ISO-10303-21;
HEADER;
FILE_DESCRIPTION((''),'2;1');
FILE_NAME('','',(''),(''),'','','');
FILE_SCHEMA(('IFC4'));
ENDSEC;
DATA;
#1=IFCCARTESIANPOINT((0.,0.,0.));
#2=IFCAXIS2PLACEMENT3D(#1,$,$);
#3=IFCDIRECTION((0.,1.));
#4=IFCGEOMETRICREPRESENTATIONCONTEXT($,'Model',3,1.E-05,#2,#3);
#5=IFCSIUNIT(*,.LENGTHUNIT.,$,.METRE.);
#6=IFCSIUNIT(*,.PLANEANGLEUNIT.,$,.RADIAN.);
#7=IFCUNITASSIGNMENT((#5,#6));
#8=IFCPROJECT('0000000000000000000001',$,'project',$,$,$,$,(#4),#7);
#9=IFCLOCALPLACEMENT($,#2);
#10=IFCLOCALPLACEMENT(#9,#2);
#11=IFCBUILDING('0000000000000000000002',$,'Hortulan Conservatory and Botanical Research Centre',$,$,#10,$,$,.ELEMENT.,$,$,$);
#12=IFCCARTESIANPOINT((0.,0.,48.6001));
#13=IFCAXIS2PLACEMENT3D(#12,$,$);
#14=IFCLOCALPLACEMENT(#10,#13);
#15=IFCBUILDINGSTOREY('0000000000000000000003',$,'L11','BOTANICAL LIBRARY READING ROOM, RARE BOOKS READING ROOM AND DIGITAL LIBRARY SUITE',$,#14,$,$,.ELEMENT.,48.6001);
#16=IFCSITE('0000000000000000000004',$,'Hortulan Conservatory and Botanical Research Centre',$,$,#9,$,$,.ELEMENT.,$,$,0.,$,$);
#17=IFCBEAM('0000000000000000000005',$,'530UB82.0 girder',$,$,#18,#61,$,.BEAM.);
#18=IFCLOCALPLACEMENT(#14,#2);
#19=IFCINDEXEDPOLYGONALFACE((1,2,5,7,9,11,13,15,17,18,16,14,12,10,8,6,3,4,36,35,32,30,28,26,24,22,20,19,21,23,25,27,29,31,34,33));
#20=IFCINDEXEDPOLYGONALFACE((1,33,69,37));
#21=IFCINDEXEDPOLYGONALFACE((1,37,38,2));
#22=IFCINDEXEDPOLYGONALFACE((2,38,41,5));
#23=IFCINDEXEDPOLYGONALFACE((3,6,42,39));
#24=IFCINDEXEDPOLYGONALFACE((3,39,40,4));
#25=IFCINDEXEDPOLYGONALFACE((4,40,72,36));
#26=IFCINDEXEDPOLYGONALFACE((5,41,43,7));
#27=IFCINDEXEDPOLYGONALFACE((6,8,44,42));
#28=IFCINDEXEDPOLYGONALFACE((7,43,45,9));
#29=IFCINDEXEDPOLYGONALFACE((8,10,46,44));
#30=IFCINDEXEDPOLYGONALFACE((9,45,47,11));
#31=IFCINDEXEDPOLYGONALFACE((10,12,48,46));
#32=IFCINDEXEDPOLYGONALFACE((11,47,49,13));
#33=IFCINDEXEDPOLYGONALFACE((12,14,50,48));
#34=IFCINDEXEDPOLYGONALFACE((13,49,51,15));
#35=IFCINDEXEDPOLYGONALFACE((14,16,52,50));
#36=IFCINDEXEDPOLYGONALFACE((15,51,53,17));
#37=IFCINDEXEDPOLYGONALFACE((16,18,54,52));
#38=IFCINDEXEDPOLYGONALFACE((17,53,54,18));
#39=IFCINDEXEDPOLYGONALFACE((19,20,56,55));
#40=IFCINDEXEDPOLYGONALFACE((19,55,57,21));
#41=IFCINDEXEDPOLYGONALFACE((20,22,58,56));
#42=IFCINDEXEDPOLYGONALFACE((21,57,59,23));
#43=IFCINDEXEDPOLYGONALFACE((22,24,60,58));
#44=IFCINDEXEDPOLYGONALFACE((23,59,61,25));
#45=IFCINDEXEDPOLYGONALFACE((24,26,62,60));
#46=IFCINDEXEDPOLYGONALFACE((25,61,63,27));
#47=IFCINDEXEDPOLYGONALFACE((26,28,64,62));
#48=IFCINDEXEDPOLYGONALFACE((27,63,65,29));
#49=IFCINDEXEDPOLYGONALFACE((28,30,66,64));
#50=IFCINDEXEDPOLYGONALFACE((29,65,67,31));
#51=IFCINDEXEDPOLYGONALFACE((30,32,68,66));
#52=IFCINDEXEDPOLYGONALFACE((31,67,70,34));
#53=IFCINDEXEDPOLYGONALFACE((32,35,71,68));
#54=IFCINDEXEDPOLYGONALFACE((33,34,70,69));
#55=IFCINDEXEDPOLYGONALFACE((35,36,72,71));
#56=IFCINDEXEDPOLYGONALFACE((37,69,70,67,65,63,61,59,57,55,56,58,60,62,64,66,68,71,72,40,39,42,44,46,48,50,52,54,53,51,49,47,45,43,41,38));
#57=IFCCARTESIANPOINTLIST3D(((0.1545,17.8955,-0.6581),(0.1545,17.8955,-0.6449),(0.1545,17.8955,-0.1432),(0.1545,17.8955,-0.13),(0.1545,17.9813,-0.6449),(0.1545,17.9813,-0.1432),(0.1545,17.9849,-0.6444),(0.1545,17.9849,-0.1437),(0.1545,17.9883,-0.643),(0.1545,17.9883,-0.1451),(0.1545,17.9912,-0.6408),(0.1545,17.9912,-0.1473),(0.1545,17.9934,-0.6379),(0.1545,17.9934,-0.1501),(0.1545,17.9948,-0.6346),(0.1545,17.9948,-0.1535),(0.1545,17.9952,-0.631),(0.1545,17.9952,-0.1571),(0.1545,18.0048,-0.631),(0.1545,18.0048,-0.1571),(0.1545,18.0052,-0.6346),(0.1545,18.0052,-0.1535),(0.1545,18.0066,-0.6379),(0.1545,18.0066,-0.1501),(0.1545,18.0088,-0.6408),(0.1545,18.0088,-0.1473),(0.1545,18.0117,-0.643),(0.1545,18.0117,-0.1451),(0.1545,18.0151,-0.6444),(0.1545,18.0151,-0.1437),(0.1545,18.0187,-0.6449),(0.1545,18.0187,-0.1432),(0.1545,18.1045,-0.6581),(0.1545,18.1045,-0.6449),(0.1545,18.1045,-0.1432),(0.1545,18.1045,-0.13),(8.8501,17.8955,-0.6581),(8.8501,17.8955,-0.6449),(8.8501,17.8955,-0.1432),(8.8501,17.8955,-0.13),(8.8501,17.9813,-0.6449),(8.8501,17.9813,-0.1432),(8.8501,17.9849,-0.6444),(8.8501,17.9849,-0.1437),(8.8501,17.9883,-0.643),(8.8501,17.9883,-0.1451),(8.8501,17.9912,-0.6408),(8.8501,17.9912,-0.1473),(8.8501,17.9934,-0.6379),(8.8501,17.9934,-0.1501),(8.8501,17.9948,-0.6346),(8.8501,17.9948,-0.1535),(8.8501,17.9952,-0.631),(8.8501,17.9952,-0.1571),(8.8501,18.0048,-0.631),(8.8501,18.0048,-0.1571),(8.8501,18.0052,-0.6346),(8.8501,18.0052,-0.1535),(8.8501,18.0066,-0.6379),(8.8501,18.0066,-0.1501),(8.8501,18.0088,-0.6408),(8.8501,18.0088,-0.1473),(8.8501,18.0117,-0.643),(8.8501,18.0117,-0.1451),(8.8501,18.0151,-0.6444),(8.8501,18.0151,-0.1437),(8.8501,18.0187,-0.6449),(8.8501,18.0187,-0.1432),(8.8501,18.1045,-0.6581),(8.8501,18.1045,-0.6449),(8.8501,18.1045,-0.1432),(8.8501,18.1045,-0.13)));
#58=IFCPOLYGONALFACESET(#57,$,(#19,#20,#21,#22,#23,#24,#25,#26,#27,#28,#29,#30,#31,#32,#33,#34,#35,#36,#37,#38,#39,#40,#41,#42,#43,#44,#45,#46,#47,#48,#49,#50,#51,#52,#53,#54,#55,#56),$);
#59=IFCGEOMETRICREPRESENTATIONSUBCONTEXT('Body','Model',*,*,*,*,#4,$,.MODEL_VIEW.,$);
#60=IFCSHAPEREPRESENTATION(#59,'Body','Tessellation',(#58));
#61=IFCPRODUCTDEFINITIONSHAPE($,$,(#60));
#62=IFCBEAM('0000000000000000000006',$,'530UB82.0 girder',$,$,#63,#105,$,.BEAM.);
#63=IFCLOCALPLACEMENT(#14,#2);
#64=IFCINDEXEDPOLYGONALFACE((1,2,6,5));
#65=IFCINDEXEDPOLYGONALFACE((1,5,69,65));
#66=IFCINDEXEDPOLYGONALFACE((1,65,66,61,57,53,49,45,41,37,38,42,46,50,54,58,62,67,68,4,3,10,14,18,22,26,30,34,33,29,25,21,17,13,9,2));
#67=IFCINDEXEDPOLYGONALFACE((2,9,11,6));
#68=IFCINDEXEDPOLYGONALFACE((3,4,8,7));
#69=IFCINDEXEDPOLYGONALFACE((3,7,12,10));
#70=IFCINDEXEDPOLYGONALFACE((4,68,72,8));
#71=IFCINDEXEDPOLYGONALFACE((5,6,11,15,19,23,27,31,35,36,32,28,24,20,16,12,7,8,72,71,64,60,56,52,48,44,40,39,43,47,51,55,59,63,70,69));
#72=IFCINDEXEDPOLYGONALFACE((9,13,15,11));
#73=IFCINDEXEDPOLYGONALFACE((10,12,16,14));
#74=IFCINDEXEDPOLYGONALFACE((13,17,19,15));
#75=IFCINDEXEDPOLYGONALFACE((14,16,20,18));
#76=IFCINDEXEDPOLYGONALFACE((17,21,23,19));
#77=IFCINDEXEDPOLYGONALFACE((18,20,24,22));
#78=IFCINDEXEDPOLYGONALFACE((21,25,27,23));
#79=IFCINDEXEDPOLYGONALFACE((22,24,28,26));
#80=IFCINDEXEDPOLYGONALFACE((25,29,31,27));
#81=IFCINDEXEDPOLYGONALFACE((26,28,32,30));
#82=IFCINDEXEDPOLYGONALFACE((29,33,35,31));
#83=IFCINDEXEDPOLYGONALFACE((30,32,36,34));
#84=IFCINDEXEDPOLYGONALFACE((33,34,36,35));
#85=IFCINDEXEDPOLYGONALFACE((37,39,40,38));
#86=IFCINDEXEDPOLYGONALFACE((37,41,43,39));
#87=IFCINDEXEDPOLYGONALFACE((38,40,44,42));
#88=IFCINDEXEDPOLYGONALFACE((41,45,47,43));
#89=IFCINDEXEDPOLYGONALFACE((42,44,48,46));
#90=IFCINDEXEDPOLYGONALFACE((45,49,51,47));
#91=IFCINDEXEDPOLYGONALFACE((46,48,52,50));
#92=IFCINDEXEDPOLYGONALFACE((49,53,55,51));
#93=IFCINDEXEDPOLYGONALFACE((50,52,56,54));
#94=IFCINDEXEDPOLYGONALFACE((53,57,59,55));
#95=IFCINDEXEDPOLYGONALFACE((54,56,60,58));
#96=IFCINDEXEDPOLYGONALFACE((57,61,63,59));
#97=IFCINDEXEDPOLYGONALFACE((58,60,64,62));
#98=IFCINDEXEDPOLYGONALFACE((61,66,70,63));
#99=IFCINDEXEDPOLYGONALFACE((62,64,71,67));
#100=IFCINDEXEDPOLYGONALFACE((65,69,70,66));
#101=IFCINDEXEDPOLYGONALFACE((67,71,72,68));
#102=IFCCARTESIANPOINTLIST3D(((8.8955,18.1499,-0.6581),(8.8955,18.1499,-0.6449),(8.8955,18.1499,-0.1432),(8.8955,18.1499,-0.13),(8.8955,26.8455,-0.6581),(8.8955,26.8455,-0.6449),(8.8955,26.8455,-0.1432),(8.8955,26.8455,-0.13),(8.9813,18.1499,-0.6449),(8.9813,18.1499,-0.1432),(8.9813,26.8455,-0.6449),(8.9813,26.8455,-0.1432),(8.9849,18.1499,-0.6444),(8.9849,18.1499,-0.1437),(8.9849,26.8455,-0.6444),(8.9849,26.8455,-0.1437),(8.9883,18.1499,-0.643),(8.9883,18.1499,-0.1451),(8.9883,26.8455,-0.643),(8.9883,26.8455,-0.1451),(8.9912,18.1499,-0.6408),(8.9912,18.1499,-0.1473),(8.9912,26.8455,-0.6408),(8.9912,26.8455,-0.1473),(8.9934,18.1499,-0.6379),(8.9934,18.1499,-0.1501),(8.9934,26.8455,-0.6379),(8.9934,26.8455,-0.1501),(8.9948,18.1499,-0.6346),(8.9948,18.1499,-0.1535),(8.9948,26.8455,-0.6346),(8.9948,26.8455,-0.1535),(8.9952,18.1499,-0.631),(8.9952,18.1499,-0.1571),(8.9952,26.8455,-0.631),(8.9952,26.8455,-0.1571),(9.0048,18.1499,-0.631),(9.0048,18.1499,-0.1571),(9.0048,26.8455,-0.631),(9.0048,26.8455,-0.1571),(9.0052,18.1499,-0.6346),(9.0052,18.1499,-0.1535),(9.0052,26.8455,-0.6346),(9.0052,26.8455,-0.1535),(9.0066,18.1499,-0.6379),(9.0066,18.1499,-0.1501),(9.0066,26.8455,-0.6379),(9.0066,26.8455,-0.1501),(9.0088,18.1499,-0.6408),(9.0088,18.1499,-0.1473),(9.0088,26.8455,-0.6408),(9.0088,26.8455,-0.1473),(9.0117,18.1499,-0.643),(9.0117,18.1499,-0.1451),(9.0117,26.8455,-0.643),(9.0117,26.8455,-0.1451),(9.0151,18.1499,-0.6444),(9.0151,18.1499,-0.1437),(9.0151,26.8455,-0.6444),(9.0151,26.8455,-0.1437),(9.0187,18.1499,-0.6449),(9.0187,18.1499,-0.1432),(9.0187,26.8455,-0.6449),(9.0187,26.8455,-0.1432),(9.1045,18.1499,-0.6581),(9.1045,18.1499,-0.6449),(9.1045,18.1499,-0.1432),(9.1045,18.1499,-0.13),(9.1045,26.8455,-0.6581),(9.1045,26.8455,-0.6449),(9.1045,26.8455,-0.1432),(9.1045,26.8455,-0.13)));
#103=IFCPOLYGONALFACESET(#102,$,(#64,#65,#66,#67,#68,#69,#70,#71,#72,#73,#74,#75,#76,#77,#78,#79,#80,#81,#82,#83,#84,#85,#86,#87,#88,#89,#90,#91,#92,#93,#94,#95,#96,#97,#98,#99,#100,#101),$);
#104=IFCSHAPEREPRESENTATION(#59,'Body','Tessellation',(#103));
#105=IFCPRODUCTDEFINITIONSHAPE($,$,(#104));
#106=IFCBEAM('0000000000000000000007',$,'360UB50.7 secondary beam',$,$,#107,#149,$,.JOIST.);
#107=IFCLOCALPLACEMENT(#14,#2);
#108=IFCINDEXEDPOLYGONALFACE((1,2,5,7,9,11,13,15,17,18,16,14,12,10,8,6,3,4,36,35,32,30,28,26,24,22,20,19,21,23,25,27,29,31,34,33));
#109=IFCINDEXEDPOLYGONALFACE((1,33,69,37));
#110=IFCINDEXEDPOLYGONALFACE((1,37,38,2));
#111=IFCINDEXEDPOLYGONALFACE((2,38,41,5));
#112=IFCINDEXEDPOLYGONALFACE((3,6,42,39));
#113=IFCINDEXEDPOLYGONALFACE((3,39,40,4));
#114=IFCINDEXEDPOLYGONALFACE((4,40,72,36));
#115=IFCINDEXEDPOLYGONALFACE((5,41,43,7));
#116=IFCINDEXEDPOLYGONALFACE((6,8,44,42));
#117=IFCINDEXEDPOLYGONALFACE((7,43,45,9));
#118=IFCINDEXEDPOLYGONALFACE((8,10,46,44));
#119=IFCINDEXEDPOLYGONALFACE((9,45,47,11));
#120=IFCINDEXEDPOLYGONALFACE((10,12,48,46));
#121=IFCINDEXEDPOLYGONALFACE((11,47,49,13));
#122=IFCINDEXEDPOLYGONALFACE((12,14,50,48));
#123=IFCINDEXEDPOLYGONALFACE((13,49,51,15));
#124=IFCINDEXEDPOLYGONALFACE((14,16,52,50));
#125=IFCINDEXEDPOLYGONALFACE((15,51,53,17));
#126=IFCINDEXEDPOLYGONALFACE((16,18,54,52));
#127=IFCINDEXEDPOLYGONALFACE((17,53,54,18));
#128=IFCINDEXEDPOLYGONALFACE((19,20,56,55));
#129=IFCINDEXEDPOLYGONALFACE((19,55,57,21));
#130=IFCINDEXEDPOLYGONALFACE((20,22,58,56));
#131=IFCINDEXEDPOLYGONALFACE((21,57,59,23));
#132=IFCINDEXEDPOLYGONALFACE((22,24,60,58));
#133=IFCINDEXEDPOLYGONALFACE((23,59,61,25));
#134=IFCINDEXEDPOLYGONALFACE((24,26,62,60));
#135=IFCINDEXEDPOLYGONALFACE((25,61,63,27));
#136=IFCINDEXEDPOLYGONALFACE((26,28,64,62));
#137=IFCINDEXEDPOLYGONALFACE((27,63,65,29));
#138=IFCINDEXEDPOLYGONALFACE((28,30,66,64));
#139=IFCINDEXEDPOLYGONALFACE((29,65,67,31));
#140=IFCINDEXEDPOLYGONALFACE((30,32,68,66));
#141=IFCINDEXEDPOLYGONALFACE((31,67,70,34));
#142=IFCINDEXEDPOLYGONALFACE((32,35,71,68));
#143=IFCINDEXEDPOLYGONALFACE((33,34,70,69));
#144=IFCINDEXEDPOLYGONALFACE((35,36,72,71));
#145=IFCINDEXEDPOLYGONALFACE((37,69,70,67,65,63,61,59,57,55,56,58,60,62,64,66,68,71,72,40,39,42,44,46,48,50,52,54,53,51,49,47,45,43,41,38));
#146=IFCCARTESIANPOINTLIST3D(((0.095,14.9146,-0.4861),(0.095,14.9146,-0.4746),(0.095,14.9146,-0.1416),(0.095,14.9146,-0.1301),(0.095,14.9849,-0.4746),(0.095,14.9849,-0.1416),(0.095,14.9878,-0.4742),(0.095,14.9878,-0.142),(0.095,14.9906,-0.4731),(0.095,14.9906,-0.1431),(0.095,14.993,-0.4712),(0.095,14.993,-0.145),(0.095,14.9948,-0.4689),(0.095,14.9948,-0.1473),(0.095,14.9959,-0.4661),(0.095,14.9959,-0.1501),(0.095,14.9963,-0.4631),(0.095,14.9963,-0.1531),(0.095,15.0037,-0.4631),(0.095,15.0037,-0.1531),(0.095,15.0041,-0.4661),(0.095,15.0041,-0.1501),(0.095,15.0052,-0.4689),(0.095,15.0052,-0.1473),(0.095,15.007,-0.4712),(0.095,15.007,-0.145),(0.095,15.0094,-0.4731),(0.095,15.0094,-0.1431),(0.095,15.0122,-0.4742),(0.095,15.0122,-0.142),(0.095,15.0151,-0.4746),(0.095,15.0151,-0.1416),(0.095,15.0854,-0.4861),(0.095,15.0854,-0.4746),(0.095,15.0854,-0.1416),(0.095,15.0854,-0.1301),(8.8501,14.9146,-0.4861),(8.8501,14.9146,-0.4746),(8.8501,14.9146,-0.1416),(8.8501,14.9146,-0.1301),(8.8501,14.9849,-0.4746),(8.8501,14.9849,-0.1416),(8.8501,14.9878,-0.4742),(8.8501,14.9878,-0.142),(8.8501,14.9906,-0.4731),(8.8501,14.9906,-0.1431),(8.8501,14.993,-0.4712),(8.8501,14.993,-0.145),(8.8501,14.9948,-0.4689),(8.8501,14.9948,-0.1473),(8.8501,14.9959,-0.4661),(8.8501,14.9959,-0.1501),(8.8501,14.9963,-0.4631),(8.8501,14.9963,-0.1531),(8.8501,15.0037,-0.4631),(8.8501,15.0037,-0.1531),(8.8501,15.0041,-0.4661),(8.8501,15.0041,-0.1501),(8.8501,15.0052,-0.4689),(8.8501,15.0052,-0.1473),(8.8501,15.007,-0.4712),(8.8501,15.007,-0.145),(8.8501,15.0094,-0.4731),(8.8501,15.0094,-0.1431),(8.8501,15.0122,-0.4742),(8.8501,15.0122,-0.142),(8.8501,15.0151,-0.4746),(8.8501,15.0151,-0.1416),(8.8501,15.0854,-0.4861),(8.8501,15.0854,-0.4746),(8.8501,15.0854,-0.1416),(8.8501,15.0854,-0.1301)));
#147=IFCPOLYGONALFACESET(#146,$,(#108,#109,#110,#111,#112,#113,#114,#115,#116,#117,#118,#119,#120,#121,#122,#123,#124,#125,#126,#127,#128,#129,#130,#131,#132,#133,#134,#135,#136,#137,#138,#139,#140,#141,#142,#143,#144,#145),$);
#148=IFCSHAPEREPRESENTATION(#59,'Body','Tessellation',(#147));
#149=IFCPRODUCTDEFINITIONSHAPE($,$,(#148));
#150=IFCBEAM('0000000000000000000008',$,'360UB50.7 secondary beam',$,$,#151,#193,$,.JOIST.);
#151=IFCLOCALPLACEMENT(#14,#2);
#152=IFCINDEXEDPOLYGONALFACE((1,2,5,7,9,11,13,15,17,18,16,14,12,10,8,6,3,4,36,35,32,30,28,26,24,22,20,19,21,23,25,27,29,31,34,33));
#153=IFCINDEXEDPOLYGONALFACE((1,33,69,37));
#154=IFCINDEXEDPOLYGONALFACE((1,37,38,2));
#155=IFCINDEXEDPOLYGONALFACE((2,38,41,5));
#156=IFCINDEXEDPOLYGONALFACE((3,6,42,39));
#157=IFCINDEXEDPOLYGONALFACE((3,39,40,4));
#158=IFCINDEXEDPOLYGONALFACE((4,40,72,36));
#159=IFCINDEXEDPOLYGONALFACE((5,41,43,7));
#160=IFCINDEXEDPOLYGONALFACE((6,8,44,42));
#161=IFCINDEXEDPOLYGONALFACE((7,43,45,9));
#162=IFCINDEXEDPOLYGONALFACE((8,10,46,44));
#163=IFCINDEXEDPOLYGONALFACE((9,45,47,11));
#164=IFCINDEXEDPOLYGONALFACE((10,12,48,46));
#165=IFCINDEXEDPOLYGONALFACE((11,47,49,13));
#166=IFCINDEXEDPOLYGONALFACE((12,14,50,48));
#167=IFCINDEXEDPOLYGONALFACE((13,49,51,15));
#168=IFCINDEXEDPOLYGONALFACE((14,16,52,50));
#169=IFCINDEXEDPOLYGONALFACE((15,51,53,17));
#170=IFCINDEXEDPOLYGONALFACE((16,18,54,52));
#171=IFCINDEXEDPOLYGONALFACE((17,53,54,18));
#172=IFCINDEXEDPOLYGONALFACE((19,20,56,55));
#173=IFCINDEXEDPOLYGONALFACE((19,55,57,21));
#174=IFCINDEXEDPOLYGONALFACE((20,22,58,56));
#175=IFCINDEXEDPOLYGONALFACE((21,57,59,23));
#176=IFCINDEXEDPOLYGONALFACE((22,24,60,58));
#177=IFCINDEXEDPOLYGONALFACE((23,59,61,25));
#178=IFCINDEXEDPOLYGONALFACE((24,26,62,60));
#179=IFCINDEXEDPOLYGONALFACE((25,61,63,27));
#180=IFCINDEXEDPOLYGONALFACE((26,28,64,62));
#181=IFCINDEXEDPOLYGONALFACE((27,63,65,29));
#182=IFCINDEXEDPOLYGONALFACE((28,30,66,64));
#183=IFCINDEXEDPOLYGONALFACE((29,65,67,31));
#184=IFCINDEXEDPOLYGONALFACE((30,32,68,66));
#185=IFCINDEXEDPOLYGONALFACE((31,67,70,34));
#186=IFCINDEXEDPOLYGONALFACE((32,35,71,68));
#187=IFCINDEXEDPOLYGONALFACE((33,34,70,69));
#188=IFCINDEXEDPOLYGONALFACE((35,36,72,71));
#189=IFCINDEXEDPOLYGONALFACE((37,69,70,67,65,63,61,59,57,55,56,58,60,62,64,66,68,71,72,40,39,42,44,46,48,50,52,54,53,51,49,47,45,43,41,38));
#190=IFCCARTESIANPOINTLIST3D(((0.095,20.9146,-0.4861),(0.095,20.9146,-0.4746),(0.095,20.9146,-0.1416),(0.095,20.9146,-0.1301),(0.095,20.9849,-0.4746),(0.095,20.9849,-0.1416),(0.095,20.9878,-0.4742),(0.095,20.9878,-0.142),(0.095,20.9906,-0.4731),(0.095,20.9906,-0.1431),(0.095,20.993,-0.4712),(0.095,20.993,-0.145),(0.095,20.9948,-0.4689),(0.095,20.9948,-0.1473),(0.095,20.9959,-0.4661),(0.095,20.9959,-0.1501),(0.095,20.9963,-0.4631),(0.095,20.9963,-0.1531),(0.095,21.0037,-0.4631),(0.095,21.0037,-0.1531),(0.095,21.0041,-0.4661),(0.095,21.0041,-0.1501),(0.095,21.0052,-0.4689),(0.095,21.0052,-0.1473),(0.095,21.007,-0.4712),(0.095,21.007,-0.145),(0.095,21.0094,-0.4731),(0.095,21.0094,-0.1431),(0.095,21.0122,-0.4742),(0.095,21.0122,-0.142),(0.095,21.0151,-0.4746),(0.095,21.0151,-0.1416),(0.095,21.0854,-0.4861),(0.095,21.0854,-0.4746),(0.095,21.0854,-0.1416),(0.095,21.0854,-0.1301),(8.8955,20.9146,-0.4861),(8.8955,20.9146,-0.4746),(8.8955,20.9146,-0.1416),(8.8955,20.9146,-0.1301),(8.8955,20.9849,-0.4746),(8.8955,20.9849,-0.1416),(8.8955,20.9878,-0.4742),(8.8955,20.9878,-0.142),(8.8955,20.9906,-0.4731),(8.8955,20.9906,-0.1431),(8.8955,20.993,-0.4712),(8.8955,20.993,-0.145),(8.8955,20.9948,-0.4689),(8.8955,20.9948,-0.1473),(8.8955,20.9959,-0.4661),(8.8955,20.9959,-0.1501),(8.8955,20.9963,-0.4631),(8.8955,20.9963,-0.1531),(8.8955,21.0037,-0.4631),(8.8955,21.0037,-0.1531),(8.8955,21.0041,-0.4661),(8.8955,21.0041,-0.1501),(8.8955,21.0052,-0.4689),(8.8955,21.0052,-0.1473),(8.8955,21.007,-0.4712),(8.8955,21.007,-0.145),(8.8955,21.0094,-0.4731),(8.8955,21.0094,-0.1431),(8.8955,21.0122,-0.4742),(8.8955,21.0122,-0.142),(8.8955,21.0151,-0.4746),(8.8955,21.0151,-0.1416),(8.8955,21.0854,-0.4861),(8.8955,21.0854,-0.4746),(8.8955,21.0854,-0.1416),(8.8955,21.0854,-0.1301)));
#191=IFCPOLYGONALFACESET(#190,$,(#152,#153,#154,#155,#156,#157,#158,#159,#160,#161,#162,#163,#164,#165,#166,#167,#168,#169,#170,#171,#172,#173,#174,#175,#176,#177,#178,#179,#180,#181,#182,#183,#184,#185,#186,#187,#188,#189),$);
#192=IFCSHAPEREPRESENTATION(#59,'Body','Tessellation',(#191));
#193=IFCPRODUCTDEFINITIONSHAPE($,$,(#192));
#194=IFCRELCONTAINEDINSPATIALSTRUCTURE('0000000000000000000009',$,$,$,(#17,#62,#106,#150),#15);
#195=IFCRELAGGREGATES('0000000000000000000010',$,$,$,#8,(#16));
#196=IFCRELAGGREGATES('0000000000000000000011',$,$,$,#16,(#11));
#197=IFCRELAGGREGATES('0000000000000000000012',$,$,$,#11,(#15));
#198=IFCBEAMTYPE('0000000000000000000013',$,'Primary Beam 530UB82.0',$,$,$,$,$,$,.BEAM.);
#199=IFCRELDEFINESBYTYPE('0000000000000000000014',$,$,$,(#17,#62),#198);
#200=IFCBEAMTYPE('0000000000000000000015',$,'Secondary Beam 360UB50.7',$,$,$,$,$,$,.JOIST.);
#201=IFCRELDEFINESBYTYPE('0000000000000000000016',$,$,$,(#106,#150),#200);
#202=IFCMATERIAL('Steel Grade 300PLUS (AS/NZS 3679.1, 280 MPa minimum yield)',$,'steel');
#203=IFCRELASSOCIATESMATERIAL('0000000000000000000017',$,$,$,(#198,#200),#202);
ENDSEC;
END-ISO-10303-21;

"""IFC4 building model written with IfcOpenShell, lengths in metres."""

from ifc_helpers import new_model, si_unit, direction, frame, origin, origin_2d, place, context, subcontext, project, spatial, i_section, extrude, material, material_profile, profile_set, type_object, element, save


model = new_model("IFC4")

# Units and contexts
model_context = context("Model", 3, precision=1e-05, world=origin(), true_north=direction((0.0, 1.0)))
body_context = subcontext(model_context, "Body", "Model", "MODEL_VIEW")
ifc_project = project(units=[si_unit("LENGTHUNIT", "METRE"), si_unit("PLANEANGLEUNIT", "RADIAN")], contexts=[model_context])

# Site, building, storey
site_placement = place(None, origin())
site = spatial("IfcSite", under=ifc_project, at=site_placement, Name="Hortulan Conservatory and Botanical Research Centre", CompositionType="ELEMENT", RefElevation=0.0)
building_placement = place(site_placement, origin())
building = spatial("IfcBuilding", under=site, at=building_placement, Name="Hortulan Conservatory and Botanical Research Centre", CompositionType="ELEMENT")
storey_placement = place(building_placement, frame((0.0, 0.0, 48.6001)))
storey = spatial("IfcBuildingStorey", under=building, at=storey_placement, Name="L11", Description="BOTANICAL LIBRARY READING ROOM, RARE BOOKS READING ROOM AND DIGITAL LIBRARY SUITE", CompositionType="ELEMENT", Elevation=48.6001)

# Shared definitions
ifc_material_1 = material(Name="Steel Grade 300PLUS (AS/NZS 3679.1, 280 MPa minimum yield)", Category="steel")

# Beams
ifc_material_profile_1 = material_profile(ifc_material_1, i_section(OverallWidth=0.209, OverallDepth=0.5281, WebThickness=0.0095, FlangeThickness=0.0132, FilletRadius=0.0139, at=origin_2d()), Name="530UB82.0")
ifc_profile_set_1 = profile_set([ifc_material_profile_1], Name="Steel Grade 300PLUS (AS/NZS 3679.1, 280 MPa minimum yield)")
beam_type_1 = type_object("IfcBeamType", Name="Primary Beam 530UB82.0", PredefinedType="BEAM", material=ifc_profile_set_1)
for number, where, z_axis, x_axis, name in (
    (1, (0.1545, 18.0, -0.394), (1.0, 0.0, 0.0), (0.0, 1.0, 0.0), "530UB82.0 girder"),
    (2, (9.0, 18.1499, -0.394), (0.0, 1.0, 0.0), (-1.0, 0.0, 0.0), "530UB82.0 girder"),
):
    element("IfcBeam", number, at=place(storey_placement, frame(where, z_axis=z_axis, x_axis=x_axis)), inside=storey, type_object=beam_type_1, Name=name, PredefinedType="BEAM", context=body_context, shape_type="SweptSolid", body=[
        extrude(i_section(OverallWidth=0.209, OverallDepth=0.5281, WebThickness=0.0095, FlangeThickness=0.0132, FilletRadius=0.0139, at=origin_2d()), origin(), (0.0, 0.0, 1.0), 8.6956),
    ])
ifc_material_profile_2 = material_profile(ifc_material_1, i_section(OverallWidth=0.1709, OverallDepth=0.356, WebThickness=0.0073, FlangeThickness=0.0115, FilletRadius=0.0115, at=origin_2d()), Name="360UB50.7")
ifc_profile_set_2 = profile_set([ifc_material_profile_2], Name="Steel Grade 300PLUS (AS/NZS 3679.1, 280 MPa minimum yield)")
beam_type_2 = type_object("IfcBeamType", Name="Secondary Beam 360UB50.7", PredefinedType="JOIST", material=ifc_profile_set_2)
beam_1_placement = place(storey_placement, frame((0.095, 15.0, -0.3081), z_axis=(1.0, 0.0, 0.0), x_axis=(0.0, 1.0, 0.0)))
element("IfcBeam", 3, at=beam_1_placement, inside=storey, type_object=beam_type_2, Name="360UB50.7 secondary beam", PredefinedType="JOIST", context=body_context, shape_type="SweptSolid", body=[
    extrude(i_section(OverallWidth=0.1709, OverallDepth=0.356, WebThickness=0.0073, FlangeThickness=0.0115, FilletRadius=0.0115, at=origin_2d()), origin(), (0.0, 0.0, 1.0), 8.7551),
])
for number, where, z_axis, x_axis, name in (
    (4, (0.095, 21.0, -0.3081), (1.0, 0.0, 0.0), (0.0, 1.0, 0.0), "360UB50.7 secondary beam"),
):
    element("IfcBeam", number, at=place(storey_placement, frame(where, z_axis=z_axis, x_axis=x_axis)), inside=storey, type_object=beam_type_2, Name=name, PredefinedType="JOIST", context=body_context, shape_type="SweptSolid", body=[
        extrude(i_section(OverallWidth=0.1709, OverallDepth=0.356, WebThickness=0.0073, FlangeThickness=0.0115, FilletRadius=0.0115, at=origin_2d()), origin(), (0.0, 0.0, 1.0), 8.8005),
    ])

save(model, "model.ifc")
